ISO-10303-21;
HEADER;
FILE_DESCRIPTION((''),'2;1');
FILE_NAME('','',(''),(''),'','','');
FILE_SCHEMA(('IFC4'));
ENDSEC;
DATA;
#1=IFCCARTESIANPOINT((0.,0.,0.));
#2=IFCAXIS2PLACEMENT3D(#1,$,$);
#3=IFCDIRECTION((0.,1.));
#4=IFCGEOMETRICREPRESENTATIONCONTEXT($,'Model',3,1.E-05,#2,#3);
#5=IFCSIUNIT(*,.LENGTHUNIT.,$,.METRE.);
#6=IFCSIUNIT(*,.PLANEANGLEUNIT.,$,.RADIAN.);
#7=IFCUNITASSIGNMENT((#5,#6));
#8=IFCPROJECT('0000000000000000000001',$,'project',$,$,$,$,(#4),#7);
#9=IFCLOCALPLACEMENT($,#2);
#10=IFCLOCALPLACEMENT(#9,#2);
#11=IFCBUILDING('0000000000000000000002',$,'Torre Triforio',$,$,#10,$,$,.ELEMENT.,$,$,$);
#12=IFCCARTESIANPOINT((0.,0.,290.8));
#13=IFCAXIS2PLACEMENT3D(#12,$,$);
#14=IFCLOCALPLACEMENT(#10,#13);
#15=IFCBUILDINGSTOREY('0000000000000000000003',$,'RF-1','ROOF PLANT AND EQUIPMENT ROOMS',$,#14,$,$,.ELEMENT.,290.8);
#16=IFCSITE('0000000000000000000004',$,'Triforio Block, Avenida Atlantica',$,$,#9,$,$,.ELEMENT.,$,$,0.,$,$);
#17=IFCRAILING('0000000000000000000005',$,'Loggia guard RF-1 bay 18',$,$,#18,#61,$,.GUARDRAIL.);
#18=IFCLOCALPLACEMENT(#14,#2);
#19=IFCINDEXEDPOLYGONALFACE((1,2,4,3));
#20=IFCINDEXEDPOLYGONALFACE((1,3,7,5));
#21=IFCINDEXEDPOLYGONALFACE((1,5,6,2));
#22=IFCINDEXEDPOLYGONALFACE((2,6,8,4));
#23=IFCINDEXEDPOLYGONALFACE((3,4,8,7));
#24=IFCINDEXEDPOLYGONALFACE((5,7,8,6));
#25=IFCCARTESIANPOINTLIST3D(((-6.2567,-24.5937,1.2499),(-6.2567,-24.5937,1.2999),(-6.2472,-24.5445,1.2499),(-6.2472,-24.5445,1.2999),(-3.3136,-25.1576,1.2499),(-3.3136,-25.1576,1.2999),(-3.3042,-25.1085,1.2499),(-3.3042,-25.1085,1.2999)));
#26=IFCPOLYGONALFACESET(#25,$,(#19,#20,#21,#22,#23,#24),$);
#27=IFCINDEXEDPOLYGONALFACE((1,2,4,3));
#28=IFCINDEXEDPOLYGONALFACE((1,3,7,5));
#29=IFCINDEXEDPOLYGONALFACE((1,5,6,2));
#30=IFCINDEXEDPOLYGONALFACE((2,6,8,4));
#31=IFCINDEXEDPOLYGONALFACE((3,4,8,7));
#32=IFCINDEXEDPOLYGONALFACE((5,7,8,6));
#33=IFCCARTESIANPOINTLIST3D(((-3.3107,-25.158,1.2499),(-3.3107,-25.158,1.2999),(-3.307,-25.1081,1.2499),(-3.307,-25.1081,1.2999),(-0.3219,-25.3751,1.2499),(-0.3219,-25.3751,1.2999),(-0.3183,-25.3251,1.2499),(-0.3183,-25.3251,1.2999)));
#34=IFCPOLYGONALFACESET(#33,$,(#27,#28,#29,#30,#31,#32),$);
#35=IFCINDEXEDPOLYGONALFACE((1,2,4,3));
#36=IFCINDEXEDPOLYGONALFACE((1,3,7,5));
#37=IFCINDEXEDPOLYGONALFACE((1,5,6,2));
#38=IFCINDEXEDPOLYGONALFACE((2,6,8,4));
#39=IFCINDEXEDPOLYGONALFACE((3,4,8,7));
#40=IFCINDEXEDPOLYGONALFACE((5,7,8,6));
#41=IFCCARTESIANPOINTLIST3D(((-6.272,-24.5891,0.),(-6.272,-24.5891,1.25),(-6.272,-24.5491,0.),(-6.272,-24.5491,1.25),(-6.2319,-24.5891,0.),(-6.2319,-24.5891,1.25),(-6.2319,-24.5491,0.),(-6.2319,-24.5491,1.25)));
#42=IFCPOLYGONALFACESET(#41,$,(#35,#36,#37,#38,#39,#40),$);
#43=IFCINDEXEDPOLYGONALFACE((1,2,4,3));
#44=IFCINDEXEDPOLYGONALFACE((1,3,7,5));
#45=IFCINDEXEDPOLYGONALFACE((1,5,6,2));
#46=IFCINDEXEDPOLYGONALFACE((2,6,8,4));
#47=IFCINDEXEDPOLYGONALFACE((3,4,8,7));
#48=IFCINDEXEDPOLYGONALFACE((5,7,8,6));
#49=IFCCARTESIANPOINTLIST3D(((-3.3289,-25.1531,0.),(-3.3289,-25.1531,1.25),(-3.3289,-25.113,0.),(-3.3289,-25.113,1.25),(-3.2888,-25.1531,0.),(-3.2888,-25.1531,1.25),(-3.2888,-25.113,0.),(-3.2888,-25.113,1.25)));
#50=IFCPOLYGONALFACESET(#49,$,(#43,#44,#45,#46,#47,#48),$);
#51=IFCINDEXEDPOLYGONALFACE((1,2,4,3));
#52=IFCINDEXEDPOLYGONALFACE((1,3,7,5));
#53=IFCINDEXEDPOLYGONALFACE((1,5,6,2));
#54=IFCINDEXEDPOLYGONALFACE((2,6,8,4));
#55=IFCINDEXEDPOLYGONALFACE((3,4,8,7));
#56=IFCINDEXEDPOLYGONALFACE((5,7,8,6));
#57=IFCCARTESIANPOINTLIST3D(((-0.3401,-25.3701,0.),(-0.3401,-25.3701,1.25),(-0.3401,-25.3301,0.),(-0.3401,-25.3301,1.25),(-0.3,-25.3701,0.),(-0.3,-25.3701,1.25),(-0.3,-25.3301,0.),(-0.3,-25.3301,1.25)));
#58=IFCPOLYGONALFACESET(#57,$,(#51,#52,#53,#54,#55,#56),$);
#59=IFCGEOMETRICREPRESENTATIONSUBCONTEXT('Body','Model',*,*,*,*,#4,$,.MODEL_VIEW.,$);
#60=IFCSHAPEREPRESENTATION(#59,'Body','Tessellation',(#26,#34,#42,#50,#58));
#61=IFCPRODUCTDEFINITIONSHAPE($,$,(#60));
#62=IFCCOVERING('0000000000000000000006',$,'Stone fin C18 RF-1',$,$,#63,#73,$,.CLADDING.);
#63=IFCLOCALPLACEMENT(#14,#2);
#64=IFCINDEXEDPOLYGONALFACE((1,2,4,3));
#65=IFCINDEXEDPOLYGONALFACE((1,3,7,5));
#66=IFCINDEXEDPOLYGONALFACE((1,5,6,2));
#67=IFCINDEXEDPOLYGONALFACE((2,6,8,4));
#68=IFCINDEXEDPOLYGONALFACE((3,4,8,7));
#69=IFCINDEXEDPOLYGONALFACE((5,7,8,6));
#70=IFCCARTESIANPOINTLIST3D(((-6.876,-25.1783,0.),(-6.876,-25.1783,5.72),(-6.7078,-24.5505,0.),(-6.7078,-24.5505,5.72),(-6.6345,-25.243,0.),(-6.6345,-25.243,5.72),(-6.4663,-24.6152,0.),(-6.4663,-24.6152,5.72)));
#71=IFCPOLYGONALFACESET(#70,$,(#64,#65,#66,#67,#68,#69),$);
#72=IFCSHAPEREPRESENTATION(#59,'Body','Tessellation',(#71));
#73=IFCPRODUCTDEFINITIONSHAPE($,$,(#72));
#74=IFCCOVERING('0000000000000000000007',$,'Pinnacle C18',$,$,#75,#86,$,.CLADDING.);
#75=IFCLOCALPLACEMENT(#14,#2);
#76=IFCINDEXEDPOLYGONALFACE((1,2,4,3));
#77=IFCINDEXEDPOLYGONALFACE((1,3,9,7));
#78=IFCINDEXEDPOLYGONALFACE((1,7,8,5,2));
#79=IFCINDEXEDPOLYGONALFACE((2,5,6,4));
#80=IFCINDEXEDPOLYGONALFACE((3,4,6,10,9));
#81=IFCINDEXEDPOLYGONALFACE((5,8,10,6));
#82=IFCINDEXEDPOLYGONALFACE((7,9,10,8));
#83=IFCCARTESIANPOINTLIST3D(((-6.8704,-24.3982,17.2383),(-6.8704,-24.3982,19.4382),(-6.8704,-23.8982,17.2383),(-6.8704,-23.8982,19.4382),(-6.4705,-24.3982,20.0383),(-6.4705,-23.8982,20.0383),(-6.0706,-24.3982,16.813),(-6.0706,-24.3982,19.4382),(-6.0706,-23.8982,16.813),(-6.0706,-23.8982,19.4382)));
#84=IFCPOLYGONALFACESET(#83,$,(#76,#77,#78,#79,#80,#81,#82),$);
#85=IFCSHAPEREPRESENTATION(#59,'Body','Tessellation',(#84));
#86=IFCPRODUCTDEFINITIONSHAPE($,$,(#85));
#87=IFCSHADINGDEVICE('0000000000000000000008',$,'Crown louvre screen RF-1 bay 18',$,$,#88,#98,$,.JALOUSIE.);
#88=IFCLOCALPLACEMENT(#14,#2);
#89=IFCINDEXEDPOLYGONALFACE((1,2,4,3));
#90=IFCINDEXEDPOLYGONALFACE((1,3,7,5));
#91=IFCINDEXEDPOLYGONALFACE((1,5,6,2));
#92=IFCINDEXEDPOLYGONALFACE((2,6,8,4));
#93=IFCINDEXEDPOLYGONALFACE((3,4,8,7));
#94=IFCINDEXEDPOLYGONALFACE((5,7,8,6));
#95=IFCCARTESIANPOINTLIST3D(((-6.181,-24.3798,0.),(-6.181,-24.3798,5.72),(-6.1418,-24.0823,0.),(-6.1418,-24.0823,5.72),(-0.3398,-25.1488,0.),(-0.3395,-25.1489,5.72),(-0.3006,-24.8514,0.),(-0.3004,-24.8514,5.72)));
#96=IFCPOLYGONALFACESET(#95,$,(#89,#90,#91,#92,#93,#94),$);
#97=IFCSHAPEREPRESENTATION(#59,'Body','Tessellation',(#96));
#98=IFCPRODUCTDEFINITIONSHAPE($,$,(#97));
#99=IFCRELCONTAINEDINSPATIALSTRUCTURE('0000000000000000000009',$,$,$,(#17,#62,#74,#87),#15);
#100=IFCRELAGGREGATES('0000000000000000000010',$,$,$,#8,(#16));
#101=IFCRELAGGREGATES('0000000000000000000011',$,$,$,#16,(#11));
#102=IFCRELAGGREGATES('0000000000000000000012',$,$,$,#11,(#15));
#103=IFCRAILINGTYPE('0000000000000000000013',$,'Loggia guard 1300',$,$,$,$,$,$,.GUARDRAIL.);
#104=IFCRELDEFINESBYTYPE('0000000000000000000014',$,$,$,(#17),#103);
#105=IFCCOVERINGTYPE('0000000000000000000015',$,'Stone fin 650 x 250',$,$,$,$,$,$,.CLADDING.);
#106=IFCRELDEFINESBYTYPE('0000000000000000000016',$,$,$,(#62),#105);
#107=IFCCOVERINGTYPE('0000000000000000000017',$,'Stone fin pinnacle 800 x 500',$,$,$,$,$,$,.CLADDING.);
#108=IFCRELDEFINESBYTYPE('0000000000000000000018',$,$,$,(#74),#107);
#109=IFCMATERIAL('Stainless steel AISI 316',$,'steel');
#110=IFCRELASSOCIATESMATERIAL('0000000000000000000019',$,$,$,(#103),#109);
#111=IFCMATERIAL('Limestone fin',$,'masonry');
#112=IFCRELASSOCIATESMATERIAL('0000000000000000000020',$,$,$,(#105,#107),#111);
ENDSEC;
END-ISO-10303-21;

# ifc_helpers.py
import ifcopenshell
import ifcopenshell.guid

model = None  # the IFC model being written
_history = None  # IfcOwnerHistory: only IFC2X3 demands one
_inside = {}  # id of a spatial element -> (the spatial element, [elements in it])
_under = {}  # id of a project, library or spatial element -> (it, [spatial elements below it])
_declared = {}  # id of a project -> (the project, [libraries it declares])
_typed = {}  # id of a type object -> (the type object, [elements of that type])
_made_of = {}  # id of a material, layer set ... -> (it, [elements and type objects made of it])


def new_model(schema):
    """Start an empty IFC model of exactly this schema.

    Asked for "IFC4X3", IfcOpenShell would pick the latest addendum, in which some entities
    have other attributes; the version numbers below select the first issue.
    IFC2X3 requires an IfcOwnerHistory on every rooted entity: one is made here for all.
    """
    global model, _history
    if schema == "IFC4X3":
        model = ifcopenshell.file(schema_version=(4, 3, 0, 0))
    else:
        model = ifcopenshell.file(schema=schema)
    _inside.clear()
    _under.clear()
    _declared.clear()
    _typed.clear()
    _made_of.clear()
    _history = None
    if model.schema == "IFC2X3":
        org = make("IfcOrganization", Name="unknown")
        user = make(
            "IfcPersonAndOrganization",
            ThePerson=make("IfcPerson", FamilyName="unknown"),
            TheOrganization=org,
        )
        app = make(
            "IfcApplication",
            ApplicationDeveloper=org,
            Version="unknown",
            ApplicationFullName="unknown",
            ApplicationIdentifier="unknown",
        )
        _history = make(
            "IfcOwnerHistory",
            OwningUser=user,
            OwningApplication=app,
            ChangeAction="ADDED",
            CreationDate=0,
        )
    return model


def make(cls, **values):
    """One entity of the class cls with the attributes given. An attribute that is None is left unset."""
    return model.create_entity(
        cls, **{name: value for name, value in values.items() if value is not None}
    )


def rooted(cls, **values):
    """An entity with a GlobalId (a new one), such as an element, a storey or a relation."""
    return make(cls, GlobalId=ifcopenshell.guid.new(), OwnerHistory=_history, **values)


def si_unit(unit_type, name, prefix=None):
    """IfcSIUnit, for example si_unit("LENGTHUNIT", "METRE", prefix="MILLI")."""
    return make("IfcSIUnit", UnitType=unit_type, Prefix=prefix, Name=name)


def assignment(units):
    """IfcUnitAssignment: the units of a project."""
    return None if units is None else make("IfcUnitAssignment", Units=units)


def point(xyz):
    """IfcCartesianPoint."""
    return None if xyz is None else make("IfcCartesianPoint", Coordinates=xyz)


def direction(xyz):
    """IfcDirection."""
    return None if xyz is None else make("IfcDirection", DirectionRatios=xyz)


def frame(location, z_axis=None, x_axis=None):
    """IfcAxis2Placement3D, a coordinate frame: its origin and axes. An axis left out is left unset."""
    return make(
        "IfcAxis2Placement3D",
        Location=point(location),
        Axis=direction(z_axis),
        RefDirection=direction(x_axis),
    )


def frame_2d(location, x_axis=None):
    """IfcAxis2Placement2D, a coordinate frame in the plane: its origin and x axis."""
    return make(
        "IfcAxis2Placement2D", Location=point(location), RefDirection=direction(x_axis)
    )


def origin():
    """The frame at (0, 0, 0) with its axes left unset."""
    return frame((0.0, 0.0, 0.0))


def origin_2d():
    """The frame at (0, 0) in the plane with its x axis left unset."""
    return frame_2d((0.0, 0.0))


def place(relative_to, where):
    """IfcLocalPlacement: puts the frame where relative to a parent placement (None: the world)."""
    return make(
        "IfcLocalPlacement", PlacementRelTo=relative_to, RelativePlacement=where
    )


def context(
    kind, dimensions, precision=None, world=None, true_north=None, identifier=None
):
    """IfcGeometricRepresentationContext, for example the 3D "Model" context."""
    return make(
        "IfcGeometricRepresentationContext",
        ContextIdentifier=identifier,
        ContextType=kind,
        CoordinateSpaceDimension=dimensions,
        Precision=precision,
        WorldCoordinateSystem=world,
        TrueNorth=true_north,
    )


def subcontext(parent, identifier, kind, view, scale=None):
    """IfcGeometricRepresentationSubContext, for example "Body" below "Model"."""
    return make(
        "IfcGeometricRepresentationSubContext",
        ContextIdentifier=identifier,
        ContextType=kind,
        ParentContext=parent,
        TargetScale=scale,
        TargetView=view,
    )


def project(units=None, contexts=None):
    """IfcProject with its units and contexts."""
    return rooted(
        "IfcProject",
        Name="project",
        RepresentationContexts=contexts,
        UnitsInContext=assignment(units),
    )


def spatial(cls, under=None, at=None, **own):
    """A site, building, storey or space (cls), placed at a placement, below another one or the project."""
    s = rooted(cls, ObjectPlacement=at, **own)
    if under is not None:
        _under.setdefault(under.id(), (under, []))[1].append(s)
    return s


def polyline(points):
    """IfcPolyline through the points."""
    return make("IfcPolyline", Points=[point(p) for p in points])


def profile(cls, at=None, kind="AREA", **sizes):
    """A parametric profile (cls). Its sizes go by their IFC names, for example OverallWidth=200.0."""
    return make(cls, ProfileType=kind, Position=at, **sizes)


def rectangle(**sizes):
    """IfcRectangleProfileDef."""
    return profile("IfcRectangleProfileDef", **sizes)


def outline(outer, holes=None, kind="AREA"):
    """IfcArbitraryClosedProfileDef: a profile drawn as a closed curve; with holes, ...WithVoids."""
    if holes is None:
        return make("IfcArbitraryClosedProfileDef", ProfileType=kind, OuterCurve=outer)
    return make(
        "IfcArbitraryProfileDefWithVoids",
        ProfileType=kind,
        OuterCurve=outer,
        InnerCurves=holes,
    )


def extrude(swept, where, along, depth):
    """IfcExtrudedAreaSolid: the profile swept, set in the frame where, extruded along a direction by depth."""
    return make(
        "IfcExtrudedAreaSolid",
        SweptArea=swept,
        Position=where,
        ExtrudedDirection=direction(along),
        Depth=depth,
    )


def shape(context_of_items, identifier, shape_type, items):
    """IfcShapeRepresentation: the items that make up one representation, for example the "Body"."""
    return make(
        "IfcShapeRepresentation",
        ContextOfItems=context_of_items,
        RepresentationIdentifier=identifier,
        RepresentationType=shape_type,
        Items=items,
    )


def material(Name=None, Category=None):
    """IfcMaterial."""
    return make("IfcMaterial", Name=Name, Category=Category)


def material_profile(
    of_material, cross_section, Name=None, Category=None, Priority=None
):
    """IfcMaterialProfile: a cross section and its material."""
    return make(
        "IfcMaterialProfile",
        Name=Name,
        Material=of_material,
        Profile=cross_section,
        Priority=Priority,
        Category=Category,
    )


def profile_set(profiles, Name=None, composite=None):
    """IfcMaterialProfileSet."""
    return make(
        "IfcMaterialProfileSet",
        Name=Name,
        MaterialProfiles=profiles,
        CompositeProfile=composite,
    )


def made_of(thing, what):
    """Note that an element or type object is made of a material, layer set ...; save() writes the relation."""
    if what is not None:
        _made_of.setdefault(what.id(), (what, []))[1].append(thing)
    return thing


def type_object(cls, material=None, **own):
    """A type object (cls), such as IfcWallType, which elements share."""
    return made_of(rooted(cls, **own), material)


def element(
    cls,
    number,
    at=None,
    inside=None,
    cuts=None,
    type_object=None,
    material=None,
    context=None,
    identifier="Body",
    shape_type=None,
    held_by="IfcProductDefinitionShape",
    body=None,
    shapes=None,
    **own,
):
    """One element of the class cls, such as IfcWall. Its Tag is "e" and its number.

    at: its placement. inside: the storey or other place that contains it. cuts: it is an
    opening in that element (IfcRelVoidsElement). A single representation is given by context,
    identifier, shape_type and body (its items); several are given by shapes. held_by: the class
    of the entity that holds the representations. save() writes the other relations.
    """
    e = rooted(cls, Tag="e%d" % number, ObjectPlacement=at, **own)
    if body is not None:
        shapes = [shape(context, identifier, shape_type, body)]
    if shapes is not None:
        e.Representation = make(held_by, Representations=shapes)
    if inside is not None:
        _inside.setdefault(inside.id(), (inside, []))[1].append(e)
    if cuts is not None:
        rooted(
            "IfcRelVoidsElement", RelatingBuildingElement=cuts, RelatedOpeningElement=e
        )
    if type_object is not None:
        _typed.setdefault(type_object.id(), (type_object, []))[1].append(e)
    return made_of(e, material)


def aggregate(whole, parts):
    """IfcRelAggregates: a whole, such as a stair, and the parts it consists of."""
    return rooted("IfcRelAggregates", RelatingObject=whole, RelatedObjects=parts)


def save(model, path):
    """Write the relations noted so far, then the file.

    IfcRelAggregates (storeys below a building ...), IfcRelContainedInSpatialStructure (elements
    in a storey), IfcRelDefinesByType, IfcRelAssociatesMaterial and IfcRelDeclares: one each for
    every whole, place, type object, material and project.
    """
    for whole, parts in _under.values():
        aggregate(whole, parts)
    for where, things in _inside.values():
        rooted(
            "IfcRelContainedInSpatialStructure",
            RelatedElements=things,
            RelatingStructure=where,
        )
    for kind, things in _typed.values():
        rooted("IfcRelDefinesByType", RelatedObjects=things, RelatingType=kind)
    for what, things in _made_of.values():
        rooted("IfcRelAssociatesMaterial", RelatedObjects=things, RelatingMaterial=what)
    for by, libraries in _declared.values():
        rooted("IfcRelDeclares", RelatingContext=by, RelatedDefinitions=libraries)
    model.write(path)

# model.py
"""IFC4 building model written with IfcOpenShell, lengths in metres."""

from ifc_helpers import new_model, si_unit, direction, frame, origin, origin_2d, place, context, subcontext, project, spatial, polyline, rectangle, outline, extrude, material, material_profile, profile_set, type_object, element, save


model = new_model("IFC4")

# Units and contexts
model_context = context("Model", 3, precision=1e-05, world=origin(), true_north=direction((0.0, 1.0)))
body_context = subcontext(model_context, "Body", "Model", "MODEL_VIEW")
ifc_project = project(units=[si_unit("LENGTHUNIT", "METRE"), si_unit("PLANEANGLEUNIT", "RADIAN")], contexts=[model_context])

# Site, building, storey
site_placement = place(None, origin())
site = spatial("IfcSite", under=ifc_project, at=site_placement, Name="Triforio Block, Avenida Atlantica", CompositionType="ELEMENT", RefElevation=0.0)
building_placement = place(site_placement, origin())
building = spatial("IfcBuilding", under=site, at=building_placement, Name="Torre Triforio", CompositionType="ELEMENT")
storey_placement = place(building_placement, frame((0.0, 0.0, 290.8)))
storey = spatial("IfcBuildingStorey", under=building, at=storey_placement, Name="RF-1", Description="ROOF PLANT AND EQUIPMENT ROOMS", CompositionType="ELEMENT", Elevation=290.8)

# Railing
ifc_material_1 = material(Name="Stainless steel AISI 316", Category="steel")
railing_type = type_object("IfcRailingType", Name="Loggia guard 1300", PredefinedType="GUARDRAIL", material=ifc_material_1)
railing_placement = place(storey_placement, frame((-6.252, -24.5691, 0.0)))
element("IfcRailing", 1, at=railing_placement, inside=storey, type_object=railing_type, Name="Loggia guard RF-1 bay 18", PredefinedType="GUARDRAIL", context=body_context, shape_type="SweptSolid", body=[
    extrude(rectangle(XDim=0.05, YDim=0.05, at=origin_2d()), frame((0.0, 0.0, 1.2749), z_axis=(0.982131, -0.188198, 0.0), x_axis=(0.188198, 0.982131, 0.0)), (0.0, 0.0, 1.0), 2.9966),
    extrude(rectangle(XDim=0.05, YDim=0.05, at=origin_2d()), frame((2.9431, -0.564, 1.2749), z_axis=(0.997374, -0.072428, 0.0), x_axis=(0.072428, 0.997374, 0.0)), (0.0, 0.0, 1.0), 2.9966),
    extrude(rectangle(XDim=0.04, YDim=0.04, at=origin_2d()), origin(), (0.0, 0.0, 1.0), 1.25),
    extrude(rectangle(XDim=0.04, YDim=0.04, at=origin_2d()), frame((2.9431, -0.564, 0.0)), (0.0, 0.0, 1.0), 1.25),
    extrude(rectangle(XDim=0.04, YDim=0.04, at=origin_2d()), frame((5.9319, -0.781, 0.0)), (0.0, 0.0, 1.0), 1.25),
])

# Coverings
ifc_material_2 = material(Name="Limestone fin", Category="masonry")
ifc_material_profile_1 = material_profile(ifc_material_2, rectangle(XDim=0.6499, YDim=0.25, at=origin_2d()), Name="FIN 650x250")
ifc_profile_set_1 = profile_set([ifc_material_profile_1], Name="Limestone fin")
covering_type_1 = type_object("IfcCoveringType", Name="Stone fin 650 x 250", PredefinedType="CLADDING", material=ifc_profile_set_1)
covering_1_placement = place(storey_placement, frame((-6.6711, -24.8967, 0.0), z_axis=(0.0, 0.0, 1.0), x_axis=(-0.258819, -0.965926, 0.0)))
element("IfcCovering", 2, at=covering_1_placement, inside=storey, type_object=covering_type_1, Name="Stone fin C18 RF-1", PredefinedType="CLADDING", context=body_context, shape_type="SweptSolid", body=[
    extrude(rectangle(XDim=0.6499, YDim=0.25, at=origin_2d()), origin(), (0.0, 0.0, 1.0), 5.72),
])
ifc_material_profile_2 = material_profile(ifc_material_2, outline(polyline([(-0.3999, -0.2126), (0.3999, 0.2126), (0.3999, 2.4126), (0.0, 3.0127), (-0.3999, 2.4126), (-0.3999, -0.2126)])), Name="FIN PINNACLE 800x500")
ifc_profile_set_2 = profile_set([ifc_material_profile_2], Name="Limestone fin")
covering_type_2 = type_object("IfcCoveringType", Name="Stone fin pinnacle 800 x 500", PredefinedType="CLADDING", material=ifc_profile_set_2)
covering_2_placement = place(storey_placement, frame((-6.4705, -24.3982, 17.0256), z_axis=(0.0, 1.0, 0.0), x_axis=(-1.0, 0.0, 0.0)))
element("IfcCovering", 3, at=covering_2_placement, inside=storey, type_object=covering_type_2, Name="Pinnacle C18", PredefinedType="CLADDING", context=body_context, shape_type="SweptSolid", body=[
    extrude(outline(polyline([(-0.3999, -0.2126), (0.3999, 0.2126), (0.3999, 2.4126), (0.0, 3.0127), (-0.3999, 2.4126), (-0.3999, -0.2126)])), origin(), (0.0, 0.0, 1.0), 0.5),
])

# Shading device
shading_device_placement = place(storey_placement, frame((-6.1614, -24.231, 0.0), z_axis=(0.0, 0.0, 1.0), x_axis=(0.991444, -0.13053, 0.0)))
element("IfcShadingDevice", 4, at=shading_device_placement, inside=storey, Name="Crown louvre screen RF-1 bay 18", PredefinedType="JALOUSIE", context=body_context, shape_type="SweptSolid", body=[
    extrude(outline(polyline([(0.0, 0.0), (5.8916, 0.0), (5.8918, 5.72), (0.0, 5.72), (0.0, 0.0)])), frame((0.0, 0.1499, 0.0), z_axis=(0.0, -1.0, 0.0), x_axis=(1.0, 0.0, 0.0)), (0.0, 0.0, 1.0), 0.3),
])

save(model, "model.ifc")
